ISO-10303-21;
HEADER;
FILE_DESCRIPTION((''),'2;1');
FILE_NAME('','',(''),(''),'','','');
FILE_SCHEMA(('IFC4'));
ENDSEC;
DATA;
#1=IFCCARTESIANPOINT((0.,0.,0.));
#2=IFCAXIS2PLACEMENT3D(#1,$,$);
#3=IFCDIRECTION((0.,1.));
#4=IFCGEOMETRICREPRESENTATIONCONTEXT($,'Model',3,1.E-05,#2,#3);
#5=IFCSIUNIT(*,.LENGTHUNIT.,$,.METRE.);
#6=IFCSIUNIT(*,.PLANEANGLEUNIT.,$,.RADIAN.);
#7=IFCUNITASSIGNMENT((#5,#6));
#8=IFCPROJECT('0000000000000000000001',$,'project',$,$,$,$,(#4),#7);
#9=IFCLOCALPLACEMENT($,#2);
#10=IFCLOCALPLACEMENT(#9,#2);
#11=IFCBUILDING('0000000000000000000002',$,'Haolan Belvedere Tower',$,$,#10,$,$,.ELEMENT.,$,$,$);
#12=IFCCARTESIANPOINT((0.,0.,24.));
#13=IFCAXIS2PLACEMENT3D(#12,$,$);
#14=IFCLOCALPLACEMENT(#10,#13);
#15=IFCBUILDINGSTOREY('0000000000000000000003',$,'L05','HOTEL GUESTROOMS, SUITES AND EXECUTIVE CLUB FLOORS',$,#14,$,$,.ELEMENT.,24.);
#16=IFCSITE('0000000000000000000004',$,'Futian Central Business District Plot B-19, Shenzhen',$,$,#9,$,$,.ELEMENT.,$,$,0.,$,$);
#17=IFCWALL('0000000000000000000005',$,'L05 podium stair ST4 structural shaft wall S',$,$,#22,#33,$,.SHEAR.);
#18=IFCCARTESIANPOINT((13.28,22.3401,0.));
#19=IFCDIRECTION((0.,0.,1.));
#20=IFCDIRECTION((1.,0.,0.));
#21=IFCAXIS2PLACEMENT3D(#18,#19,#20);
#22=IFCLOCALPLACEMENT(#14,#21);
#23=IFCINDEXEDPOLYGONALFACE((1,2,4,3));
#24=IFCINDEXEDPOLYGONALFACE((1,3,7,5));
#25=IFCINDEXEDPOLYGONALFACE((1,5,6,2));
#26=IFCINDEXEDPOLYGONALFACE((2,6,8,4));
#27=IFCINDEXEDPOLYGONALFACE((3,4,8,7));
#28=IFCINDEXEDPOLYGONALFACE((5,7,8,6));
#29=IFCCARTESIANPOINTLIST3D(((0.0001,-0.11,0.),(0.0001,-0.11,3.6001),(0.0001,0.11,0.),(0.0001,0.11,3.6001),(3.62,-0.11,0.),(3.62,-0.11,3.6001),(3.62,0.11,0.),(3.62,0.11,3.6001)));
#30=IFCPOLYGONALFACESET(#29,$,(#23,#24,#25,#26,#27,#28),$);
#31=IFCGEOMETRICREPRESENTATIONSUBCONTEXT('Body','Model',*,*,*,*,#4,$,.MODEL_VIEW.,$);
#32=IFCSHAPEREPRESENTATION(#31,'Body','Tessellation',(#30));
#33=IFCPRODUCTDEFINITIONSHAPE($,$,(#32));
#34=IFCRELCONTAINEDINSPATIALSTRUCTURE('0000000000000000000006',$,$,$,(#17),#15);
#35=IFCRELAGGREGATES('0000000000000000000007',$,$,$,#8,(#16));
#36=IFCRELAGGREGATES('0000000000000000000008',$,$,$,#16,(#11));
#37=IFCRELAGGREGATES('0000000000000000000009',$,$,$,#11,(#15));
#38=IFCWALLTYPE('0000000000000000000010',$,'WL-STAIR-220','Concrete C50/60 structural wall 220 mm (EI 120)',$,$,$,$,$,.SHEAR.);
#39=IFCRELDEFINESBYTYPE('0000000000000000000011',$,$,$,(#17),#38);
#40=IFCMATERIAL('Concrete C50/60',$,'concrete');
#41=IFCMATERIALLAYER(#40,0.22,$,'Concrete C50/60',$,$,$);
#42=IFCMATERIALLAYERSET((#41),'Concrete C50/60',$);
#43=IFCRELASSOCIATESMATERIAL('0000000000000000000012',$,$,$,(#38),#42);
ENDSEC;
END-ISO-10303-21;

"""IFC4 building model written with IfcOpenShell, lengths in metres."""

from ifc_helpers import new_model, si_unit, direction, frame, frame_2d, origin, place, context, subcontext, project, spatial, rectangle, extrude, material, layer, layer_set, type_object, element, save


model = new_model("IFC4")

# Units and contexts
model_context = context("Model", 3, precision=1e-05, world=origin(), true_north=direction((0.0, 1.0)))
body_context = subcontext(model_context, "Body", "Model", "MODEL_VIEW")
ifc_project = project(units=[si_unit("LENGTHUNIT", "METRE"), si_unit("PLANEANGLEUNIT", "RADIAN")], contexts=[model_context])

# Site, building, storey
site_placement = place(None, origin())
site = spatial("IfcSite", under=ifc_project, at=site_placement, Name="Futian Central Business District Plot B-19, Shenzhen", CompositionType="ELEMENT", RefElevation=0.0)
building_placement = place(site_placement, origin())
building = spatial("IfcBuilding", under=site, at=building_placement, Name="Haolan Belvedere Tower", CompositionType="ELEMENT")
storey_placement = place(building_placement, frame((0.0, 0.0, 24.0)))
storey = spatial("IfcBuildingStorey", under=building, at=storey_placement, Name="L05", Description="HOTEL GUESTROOMS, SUITES AND EXECUTIVE CLUB FLOORS", CompositionType="ELEMENT", Elevation=24.0)

# Wall
ifc_material_1 = material(Name="Concrete C50/60", Category="concrete")
ifc_layer_1 = layer(ifc_material_1, 0.22, Name="Concrete C50/60")
ifc_layer_set_1 = layer_set([ifc_layer_1], Name="Concrete C50/60")
wall_type_1 = type_object("IfcWallType", Name="WL-STAIR-220", Description="Concrete C50/60 structural wall 220 mm (EI 120)", PredefinedType="SHEAR", material=ifc_layer_set_1)
wall_1_placement = place(storey_placement, frame((13.28, 22.3401, 0.0), z_axis=(0.0, 0.0, 1.0), x_axis=(1.0, 0.0, 0.0)))
element("IfcWall", 1, at=wall_1_placement, inside=storey, type_object=wall_type_1, Name="L05 podium stair ST4 structural shaft wall S", PredefinedType="SHEAR", context=body_context, shape_type="SweptSolid", body=[
    extrude(rectangle(XDim=3.6199, YDim=0.22, at=frame_2d((1.8101, 0.0))), origin(), (0.0, 0.0, 1.0), 3.6001),
])

save(model, "model.ifc")
